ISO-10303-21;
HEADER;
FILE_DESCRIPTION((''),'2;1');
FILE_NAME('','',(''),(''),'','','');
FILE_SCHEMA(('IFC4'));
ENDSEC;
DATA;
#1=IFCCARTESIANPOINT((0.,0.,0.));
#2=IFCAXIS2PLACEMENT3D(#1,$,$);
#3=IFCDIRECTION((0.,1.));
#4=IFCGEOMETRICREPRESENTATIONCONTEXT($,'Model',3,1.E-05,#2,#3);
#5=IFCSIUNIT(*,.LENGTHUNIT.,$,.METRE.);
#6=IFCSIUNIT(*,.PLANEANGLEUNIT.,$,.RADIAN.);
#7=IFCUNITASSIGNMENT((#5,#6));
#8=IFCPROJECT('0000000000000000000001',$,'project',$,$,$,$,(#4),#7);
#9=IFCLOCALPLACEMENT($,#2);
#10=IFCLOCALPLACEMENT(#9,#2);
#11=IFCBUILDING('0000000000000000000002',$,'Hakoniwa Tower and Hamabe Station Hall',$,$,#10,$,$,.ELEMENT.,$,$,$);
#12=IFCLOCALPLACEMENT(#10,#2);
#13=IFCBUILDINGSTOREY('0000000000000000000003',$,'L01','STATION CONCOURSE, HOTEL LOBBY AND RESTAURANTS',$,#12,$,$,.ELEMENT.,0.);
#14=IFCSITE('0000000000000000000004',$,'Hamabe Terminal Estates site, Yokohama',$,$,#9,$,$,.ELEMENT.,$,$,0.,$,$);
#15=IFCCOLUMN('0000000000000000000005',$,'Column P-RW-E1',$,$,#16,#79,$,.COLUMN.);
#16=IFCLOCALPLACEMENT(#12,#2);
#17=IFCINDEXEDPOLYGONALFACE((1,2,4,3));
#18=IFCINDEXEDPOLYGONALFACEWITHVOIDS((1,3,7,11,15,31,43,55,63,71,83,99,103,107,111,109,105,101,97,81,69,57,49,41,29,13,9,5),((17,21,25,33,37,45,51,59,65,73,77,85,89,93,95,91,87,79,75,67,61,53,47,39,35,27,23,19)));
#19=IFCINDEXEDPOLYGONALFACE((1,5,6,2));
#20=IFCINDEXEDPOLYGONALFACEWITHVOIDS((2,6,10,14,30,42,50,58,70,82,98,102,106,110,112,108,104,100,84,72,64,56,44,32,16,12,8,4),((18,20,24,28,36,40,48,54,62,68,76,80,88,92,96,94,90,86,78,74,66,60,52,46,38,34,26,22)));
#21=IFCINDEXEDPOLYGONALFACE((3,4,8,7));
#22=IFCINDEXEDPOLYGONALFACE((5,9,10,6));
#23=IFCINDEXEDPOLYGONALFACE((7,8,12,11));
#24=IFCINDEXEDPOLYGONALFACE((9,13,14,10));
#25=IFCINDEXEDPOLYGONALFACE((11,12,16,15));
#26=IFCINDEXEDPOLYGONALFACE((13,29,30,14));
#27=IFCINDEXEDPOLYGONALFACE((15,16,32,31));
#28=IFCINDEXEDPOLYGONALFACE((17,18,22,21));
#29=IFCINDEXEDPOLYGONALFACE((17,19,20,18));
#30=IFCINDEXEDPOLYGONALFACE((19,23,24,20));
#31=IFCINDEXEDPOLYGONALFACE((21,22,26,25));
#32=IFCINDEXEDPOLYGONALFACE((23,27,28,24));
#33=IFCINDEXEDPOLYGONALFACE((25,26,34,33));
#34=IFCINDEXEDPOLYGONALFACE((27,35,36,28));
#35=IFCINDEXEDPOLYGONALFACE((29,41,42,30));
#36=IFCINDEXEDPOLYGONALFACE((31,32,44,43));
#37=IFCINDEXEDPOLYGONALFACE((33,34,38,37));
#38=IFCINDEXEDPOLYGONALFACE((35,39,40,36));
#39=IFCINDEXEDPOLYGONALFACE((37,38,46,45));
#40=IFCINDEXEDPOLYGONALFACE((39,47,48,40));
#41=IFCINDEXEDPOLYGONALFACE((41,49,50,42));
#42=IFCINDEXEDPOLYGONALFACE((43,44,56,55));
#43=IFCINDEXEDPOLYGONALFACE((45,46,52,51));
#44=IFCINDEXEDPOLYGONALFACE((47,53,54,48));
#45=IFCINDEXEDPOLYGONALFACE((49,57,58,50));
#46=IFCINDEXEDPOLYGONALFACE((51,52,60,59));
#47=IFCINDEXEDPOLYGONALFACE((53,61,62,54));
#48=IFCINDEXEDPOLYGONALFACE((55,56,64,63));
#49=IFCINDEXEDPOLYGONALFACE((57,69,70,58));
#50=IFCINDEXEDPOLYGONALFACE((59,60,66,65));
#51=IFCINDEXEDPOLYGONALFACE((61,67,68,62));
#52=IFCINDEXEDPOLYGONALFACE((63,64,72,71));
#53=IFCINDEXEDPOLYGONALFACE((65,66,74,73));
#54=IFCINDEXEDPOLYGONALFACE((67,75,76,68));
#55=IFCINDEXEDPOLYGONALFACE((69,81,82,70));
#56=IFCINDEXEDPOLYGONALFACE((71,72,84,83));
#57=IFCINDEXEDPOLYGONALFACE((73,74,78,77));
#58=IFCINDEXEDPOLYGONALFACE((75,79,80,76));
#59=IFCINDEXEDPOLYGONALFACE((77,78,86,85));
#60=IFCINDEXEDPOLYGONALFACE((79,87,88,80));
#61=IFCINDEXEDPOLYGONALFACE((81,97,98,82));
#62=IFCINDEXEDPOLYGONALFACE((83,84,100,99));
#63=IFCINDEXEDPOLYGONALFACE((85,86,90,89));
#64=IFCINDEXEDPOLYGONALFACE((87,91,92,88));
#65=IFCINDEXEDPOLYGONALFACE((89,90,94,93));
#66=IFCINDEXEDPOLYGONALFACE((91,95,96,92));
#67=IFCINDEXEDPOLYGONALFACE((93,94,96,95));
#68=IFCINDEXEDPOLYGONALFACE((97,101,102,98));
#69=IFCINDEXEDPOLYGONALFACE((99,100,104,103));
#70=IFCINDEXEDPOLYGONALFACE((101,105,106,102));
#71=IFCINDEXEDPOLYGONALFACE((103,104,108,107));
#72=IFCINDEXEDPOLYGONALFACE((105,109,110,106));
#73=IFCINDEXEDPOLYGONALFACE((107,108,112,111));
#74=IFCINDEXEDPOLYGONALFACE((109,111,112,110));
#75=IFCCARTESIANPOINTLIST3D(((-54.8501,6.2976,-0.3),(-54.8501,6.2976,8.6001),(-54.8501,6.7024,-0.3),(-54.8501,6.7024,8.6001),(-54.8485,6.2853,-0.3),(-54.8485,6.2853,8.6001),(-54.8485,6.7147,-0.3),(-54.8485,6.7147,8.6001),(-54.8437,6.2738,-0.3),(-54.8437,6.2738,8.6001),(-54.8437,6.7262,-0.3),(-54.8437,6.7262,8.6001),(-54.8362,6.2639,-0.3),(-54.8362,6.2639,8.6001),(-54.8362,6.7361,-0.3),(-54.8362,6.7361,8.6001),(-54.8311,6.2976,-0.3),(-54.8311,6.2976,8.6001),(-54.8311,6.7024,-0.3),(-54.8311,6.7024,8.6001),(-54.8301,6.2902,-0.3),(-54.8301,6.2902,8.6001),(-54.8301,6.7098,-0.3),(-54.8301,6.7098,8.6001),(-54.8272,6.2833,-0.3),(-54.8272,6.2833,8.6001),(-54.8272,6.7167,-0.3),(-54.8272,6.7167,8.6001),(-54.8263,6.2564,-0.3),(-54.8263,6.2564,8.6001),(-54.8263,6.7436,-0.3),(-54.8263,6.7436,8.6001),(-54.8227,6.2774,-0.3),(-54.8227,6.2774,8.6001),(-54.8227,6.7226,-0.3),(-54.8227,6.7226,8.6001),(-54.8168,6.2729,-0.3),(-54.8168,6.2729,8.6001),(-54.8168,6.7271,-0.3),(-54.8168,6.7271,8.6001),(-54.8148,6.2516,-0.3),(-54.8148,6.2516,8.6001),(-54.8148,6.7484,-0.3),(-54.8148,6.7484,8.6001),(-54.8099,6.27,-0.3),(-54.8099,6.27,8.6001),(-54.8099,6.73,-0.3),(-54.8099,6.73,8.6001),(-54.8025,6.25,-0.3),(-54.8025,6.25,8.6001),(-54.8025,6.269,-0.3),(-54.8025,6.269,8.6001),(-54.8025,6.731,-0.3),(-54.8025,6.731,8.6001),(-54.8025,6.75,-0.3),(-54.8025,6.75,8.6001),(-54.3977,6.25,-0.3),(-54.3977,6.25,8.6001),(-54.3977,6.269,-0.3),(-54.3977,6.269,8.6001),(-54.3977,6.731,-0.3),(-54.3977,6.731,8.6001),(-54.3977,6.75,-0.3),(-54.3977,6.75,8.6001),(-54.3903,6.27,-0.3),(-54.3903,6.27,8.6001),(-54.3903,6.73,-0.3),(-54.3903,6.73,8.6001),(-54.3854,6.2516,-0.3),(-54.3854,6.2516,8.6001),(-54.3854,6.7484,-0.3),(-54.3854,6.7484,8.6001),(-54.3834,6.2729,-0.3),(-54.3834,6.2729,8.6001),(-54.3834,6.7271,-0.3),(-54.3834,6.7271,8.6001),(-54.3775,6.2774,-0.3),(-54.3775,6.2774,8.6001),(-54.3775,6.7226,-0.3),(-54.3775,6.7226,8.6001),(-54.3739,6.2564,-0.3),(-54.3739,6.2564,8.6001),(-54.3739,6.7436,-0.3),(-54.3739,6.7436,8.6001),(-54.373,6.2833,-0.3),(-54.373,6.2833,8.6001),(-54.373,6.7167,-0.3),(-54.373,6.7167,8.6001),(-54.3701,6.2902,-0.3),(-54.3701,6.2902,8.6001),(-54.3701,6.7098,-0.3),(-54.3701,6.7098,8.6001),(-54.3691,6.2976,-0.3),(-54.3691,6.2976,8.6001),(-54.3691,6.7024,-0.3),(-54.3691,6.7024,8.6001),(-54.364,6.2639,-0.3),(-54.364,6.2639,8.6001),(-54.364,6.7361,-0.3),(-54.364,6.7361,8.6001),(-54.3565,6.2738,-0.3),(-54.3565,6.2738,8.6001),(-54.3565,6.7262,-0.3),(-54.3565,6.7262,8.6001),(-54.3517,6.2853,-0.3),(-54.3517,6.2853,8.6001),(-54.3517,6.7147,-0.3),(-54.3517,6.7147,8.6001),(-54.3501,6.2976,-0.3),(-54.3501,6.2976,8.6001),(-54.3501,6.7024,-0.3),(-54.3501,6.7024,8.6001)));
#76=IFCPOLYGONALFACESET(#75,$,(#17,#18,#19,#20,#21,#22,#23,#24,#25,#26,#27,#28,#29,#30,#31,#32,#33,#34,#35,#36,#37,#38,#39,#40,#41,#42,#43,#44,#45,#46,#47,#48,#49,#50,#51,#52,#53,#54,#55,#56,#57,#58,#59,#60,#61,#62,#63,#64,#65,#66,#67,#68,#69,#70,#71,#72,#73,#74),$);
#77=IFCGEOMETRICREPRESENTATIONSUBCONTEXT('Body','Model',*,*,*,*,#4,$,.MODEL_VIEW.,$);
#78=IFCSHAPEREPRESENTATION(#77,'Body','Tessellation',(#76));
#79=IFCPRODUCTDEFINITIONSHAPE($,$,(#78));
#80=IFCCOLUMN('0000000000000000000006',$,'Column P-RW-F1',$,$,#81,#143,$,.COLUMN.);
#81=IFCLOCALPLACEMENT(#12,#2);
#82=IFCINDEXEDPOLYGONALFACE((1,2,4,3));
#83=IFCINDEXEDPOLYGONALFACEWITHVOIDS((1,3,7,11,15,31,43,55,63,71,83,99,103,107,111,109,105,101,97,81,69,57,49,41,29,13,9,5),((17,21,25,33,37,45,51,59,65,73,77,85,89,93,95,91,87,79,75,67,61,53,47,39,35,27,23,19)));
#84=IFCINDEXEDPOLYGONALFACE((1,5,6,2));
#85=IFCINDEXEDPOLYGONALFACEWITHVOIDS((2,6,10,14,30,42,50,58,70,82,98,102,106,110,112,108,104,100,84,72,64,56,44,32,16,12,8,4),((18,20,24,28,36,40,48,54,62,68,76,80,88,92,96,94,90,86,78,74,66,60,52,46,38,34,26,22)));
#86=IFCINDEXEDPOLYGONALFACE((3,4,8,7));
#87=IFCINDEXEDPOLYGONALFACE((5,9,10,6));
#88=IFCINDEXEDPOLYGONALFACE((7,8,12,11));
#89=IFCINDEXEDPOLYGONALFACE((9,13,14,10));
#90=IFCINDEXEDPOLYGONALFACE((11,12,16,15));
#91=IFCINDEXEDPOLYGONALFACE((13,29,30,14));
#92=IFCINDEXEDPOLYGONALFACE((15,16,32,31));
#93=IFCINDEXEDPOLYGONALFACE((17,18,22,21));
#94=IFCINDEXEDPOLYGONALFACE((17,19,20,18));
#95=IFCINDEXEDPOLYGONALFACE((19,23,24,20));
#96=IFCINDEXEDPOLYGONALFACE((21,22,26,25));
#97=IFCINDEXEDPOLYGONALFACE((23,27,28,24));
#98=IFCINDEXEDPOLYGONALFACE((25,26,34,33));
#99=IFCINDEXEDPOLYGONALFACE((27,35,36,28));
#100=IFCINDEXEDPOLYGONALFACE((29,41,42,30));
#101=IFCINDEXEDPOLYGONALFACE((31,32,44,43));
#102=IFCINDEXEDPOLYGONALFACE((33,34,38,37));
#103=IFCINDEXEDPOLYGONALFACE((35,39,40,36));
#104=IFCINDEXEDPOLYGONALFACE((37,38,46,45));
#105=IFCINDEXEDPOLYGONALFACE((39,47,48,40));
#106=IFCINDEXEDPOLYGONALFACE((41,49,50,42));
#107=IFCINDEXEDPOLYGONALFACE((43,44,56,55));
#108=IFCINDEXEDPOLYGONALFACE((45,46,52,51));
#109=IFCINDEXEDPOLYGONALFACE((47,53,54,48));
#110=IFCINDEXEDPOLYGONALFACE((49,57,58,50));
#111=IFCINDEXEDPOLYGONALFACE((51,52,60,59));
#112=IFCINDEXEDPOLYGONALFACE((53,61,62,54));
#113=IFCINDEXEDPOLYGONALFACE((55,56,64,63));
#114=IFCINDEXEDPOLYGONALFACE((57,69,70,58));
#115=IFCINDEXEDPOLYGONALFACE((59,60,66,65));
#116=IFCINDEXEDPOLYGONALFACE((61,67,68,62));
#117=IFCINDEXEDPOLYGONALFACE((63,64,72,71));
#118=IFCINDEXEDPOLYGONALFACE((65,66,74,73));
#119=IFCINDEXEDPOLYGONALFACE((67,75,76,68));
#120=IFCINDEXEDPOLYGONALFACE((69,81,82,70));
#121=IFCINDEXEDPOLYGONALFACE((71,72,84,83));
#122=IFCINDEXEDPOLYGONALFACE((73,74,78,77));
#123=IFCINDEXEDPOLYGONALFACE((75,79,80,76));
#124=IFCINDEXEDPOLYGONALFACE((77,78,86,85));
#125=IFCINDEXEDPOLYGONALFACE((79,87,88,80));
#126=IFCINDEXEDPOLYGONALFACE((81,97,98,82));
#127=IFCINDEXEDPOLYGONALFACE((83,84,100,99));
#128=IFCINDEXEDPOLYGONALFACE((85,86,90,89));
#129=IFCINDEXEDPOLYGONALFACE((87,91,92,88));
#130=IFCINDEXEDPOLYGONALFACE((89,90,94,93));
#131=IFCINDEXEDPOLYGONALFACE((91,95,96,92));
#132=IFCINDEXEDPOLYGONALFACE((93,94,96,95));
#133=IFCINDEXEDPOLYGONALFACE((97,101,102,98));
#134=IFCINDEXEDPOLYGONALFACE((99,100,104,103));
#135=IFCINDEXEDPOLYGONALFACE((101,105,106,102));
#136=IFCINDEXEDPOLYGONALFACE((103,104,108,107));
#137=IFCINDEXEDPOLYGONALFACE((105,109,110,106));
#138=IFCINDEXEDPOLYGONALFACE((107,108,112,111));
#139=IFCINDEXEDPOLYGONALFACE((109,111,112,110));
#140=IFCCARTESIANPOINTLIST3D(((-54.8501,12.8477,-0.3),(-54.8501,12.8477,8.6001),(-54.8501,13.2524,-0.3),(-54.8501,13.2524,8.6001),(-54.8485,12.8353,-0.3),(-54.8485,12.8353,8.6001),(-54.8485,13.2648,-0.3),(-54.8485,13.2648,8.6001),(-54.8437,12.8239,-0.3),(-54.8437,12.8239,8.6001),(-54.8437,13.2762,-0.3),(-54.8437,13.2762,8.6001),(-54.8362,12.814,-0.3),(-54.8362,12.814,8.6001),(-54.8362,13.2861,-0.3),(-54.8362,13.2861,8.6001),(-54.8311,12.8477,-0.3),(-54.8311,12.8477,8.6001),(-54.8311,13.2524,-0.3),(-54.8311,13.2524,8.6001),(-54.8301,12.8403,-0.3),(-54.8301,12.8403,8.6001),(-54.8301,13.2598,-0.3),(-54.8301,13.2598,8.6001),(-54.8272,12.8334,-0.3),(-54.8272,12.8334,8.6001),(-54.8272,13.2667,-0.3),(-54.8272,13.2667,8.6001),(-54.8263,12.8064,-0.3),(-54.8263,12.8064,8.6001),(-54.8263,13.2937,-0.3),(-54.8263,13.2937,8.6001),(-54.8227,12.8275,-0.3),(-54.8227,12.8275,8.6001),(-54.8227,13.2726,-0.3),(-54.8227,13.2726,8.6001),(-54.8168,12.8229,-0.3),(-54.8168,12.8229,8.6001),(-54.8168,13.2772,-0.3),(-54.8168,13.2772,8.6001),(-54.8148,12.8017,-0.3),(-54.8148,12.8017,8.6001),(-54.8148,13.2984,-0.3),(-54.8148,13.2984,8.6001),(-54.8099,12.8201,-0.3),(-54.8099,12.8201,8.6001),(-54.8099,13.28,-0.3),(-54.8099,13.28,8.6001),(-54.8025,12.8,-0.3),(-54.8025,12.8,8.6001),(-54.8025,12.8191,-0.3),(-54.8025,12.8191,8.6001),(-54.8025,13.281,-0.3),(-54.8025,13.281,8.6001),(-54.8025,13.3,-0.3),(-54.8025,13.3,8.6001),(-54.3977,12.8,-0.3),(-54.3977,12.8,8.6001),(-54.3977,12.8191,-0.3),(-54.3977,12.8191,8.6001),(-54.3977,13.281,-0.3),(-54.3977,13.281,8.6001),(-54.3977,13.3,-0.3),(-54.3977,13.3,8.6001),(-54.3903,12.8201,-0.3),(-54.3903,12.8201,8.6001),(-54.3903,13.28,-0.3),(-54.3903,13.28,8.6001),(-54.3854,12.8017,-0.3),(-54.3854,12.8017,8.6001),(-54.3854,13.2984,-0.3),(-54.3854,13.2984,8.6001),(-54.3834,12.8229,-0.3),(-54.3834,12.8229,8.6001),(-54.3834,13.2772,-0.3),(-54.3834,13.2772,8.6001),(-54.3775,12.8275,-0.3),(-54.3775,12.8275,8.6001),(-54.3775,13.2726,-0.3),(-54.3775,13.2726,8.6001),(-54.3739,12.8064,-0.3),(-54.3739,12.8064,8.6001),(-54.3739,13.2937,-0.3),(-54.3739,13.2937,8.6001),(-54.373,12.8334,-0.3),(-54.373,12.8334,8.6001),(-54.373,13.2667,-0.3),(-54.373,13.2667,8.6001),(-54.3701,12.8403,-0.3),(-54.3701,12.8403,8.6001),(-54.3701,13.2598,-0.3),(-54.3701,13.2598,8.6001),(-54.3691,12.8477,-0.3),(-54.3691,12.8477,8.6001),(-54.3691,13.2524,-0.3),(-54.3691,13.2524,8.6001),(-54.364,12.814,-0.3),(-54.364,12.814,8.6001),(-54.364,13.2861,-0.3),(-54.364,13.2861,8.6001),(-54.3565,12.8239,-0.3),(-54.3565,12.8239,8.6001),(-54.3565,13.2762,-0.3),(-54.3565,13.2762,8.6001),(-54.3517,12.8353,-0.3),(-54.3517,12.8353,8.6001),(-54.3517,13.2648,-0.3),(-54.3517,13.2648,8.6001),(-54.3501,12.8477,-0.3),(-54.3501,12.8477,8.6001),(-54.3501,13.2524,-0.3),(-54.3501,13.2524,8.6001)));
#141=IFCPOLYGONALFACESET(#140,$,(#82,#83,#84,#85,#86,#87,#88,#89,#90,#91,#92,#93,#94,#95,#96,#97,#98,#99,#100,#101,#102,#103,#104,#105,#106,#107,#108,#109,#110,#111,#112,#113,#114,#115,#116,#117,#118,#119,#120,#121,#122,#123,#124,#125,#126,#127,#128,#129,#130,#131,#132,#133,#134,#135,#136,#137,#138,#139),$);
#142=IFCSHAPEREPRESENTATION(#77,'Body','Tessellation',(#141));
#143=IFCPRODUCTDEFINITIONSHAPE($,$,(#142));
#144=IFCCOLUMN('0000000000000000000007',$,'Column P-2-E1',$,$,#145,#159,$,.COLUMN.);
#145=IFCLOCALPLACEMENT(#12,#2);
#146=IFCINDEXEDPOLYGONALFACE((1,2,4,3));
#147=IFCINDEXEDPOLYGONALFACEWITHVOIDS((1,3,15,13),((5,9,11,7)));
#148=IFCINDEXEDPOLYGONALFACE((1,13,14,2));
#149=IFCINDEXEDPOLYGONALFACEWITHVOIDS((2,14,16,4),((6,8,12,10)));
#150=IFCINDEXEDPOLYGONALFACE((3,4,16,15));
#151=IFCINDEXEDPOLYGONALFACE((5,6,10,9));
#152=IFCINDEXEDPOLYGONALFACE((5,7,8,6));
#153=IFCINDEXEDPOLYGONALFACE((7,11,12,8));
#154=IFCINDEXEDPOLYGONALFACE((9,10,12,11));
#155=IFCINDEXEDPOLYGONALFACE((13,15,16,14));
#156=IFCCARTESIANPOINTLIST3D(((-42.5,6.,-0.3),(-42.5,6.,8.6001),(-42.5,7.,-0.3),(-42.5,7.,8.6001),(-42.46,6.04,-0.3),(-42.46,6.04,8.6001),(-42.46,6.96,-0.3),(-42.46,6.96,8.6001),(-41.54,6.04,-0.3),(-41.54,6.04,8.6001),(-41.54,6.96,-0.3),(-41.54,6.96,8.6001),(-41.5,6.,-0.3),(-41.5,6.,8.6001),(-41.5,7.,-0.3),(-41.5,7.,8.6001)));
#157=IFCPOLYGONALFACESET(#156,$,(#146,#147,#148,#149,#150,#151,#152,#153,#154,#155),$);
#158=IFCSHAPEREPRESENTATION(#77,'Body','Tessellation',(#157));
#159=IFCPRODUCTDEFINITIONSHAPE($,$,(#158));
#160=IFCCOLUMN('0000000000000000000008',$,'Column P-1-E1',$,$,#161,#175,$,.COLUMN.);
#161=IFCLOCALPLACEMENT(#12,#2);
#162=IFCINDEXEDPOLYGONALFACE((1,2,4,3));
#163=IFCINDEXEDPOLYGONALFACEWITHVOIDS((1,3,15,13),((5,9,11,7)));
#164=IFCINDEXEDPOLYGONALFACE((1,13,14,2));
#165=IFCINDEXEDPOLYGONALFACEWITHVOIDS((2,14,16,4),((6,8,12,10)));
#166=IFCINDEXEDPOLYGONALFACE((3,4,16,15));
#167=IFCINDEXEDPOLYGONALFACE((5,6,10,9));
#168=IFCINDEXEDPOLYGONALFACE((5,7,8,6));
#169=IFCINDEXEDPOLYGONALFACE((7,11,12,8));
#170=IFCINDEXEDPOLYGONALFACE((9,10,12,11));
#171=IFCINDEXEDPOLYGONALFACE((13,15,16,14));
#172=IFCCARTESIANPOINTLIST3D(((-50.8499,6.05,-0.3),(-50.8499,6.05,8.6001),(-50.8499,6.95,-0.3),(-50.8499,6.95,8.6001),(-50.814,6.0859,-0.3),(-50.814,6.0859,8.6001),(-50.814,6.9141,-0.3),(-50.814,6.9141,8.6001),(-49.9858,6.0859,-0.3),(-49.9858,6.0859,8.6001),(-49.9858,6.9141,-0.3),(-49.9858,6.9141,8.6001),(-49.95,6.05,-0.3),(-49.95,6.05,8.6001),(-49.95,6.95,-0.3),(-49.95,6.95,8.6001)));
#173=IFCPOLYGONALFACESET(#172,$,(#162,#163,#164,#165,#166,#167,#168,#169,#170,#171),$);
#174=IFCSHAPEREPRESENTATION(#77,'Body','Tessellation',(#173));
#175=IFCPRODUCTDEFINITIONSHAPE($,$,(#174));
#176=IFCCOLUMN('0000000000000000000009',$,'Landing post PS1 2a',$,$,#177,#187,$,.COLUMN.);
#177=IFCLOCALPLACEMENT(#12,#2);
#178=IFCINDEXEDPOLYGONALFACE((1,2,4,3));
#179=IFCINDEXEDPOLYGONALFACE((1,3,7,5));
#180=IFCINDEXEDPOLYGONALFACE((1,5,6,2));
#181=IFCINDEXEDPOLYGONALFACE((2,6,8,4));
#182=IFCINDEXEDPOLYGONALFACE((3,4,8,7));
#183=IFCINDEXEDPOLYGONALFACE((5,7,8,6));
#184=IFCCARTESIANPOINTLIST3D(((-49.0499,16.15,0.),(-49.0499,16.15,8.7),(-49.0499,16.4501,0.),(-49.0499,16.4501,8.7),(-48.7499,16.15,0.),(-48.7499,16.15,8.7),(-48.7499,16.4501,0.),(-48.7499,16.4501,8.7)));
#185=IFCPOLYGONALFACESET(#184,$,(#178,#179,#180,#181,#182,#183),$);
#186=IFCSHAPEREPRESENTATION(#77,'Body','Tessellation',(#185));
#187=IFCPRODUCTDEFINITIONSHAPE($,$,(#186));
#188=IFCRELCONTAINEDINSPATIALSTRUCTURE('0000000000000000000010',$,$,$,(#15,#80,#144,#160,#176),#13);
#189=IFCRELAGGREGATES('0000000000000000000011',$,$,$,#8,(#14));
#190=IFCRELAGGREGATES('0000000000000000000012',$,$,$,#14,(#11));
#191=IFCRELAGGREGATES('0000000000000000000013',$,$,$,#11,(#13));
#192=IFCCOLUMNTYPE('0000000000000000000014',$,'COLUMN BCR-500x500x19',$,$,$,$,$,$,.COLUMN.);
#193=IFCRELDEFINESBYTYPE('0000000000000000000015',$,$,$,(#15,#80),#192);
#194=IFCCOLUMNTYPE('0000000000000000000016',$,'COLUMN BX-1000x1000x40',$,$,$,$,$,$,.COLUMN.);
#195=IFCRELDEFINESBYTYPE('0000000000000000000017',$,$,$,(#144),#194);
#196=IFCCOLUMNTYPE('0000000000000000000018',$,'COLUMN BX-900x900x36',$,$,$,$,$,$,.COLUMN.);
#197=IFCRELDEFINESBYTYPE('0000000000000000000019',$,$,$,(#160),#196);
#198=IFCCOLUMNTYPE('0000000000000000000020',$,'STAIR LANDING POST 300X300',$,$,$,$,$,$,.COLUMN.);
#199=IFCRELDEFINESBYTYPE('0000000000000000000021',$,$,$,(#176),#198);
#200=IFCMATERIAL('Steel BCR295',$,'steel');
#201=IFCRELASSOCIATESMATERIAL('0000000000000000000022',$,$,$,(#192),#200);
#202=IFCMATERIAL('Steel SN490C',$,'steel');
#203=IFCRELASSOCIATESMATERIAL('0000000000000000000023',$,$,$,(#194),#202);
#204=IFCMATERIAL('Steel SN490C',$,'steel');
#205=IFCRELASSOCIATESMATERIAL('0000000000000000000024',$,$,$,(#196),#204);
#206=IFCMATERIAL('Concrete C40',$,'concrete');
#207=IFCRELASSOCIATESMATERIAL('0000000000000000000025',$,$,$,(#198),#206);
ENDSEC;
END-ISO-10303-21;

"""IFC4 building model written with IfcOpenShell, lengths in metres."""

from ifc_helpers import new_model, si_unit, direction, frame, origin, origin_2d, place, context, subcontext, project, spatial, rectangle, hollow_rectangle, extrude, material, material_profile, profile_set, type_object, element, save


model = new_model("IFC4")

# Units and contexts
model_context = context("Model", 3, precision=1e-05, world=origin(), true_north=direction((0.0, 1.0)))
body_context = subcontext(model_context, "Body", "Model", "MODEL_VIEW")
ifc_project = project(units=[si_unit("LENGTHUNIT", "METRE"), si_unit("PLANEANGLEUNIT", "RADIAN")], contexts=[model_context])

# Site, building, storey
site_placement = place(None, origin())
site = spatial("IfcSite", under=ifc_project, at=site_placement, Name="Hamabe Terminal Estates site, Yokohama", CompositionType="ELEMENT", RefElevation=0.0)
building_placement = place(site_placement, origin())
building = spatial("IfcBuilding", under=site, at=building_placement, Name="Hakoniwa Tower and Hamabe Station Hall", CompositionType="ELEMENT")
storey_placement = place(building_placement, origin())
storey = spatial("IfcBuildingStorey", under=building, at=storey_placement, Name="L01", Description="STATION CONCOURSE, HOTEL LOBBY AND RESTAURANTS", CompositionType="ELEMENT", Elevation=0.0)

# Columns
ifc_material_1 = material(Name="Steel BCR295", Category="steel")
ifc_material_profile_1 = material_profile(ifc_material_1, hollow_rectangle(XDim=0.5, YDim=0.5, WallThickness=0.019, InnerFilletRadius=0.0286, OuterFilletRadius=0.0476, at=origin_2d()), Name="BCR-500x500x19")
ifc_profile_set_1 = profile_set([ifc_material_profile_1], Name="Steel BCR295")
column_type_1 = type_object("IfcColumnType", Name="COLUMN BCR-500x500x19", PredefinedType="COLUMN", material=ifc_profile_set_1)
for number, where, z_axis, x_axis, name in (
    (1, (-54.6001, 6.5, -0.3), (0.0, 0.0, 1.0), (1.0, 0.0, 0.0), "Column P-RW-E1"),
    (2, (-54.6001, 13.05, -0.3), (0.0, 0.0, 1.0), (1.0, 0.0, 0.0), "Column P-RW-F1"),
):
    element("IfcColumn", number, at=place(storey_placement, frame(where, z_axis=z_axis, x_axis=x_axis)), inside=storey, type_object=column_type_1, Name=name, PredefinedType="COLUMN", context=body_context, shape_type="SweptSolid", body=[
        extrude(hollow_rectangle(XDim=0.5, YDim=0.5, WallThickness=0.019, InnerFilletRadius=0.0286, OuterFilletRadius=0.0476, at=origin_2d()), origin(), (0.0, 0.0, 1.0), 8.9001),
    ])
ifc_material_2 = material(Name="Steel SN490C", Category="steel")
ifc_material_profile_2 = material_profile(ifc_material_2, hollow_rectangle(XDim=1.0, YDim=1.0, WallThickness=0.04, at=origin_2d()), Name="BX-1000x1000x40")
ifc_profile_set_2 = profile_set([ifc_material_profile_2], Name="Steel SN490C")
column_type_2 = type_object("IfcColumnType", Name="COLUMN BX-1000x1000x40", PredefinedType="COLUMN", material=ifc_profile_set_2)
column_1_placement = place(storey_placement, frame((-42.0, 6.5, -0.3), z_axis=(0.0, 0.0, 1.0), x_axis=(1.0, 0.0, 0.0)))
element("IfcColumn", 3, at=column_1_placement, inside=storey, type_object=column_type_2, Name="Column P-2-E1", PredefinedType="COLUMN", context=body_context, shape_type="SweptSolid", body=[
    extrude(hollow_rectangle(XDim=1.0, YDim=1.0, WallThickness=0.04, at=origin_2d()), origin(), (0.0, 0.0, 1.0), 8.9001),
])
ifc_material_3 = material(Name="Steel SN490C", Category="steel")
ifc_material_profile_3 = material_profile(ifc_material_3, hollow_rectangle(XDim=0.8999, YDim=0.8999, WallThickness=0.0359, at=origin_2d()), Name="BX-900x900x36")
ifc_profile_set_3 = profile_set([ifc_material_profile_3], Name="Steel SN490C")
column_type_3 = type_object("IfcColumnType", Name="COLUMN BX-900x900x36", PredefinedType="COLUMN", material=ifc_profile_set_3)
column_2_placement = place(storey_placement, frame((-50.3999, 6.5, -0.3), z_axis=(0.0, 0.0, 1.0), x_axis=(1.0, 0.0, 0.0)))
element("IfcColumn", 4, at=column_2_placement, inside=storey, type_object=column_type_3, Name="Column P-1-E1", PredefinedType="COLUMN", context=body_context, shape_type="SweptSolid", body=[
    extrude(hollow_rectangle(XDim=0.8999, YDim=0.8999, WallThickness=0.0359, at=origin_2d()), origin(), (0.0, 0.0, 1.0), 8.9001),
])
ifc_material_4 = material(Name="Concrete C40", Category="concrete")
ifc_material_profile_4 = material_profile(ifc_material_4, rectangle(XDim=0.3, YDim=0.3, at=origin_2d()), Name="STAIR LANDING POST 300X300")
ifc_profile_set_4 = profile_set([ifc_material_profile_4], Name="Concrete C40")
column_type_4 = type_object("IfcColumnType", Name="STAIR LANDING POST 300X300", PredefinedType="COLUMN", material=ifc_profile_set_4)
for number, where, z_axis, x_axis, name in (
    (5, (-48.8999, 16.3, 0.0), (0.0, 0.0, 1.0), (1.0, 0.0, 0.0), "Landing post PS1 2a"),
):
    element("IfcColumn", number, at=place(storey_placement, frame(where, z_axis=z_axis, x_axis=x_axis)), inside=storey, type_object=column_type_4, Name=name, PredefinedType="COLUMN", context=body_context, shape_type="SweptSolid", body=[
        extrude(rectangle(XDim=0.3, YDim=0.3, at=origin_2d()), origin(), (0.0, 0.0, 1.0), 8.7),
    ])

save(model, "model.ifc")
